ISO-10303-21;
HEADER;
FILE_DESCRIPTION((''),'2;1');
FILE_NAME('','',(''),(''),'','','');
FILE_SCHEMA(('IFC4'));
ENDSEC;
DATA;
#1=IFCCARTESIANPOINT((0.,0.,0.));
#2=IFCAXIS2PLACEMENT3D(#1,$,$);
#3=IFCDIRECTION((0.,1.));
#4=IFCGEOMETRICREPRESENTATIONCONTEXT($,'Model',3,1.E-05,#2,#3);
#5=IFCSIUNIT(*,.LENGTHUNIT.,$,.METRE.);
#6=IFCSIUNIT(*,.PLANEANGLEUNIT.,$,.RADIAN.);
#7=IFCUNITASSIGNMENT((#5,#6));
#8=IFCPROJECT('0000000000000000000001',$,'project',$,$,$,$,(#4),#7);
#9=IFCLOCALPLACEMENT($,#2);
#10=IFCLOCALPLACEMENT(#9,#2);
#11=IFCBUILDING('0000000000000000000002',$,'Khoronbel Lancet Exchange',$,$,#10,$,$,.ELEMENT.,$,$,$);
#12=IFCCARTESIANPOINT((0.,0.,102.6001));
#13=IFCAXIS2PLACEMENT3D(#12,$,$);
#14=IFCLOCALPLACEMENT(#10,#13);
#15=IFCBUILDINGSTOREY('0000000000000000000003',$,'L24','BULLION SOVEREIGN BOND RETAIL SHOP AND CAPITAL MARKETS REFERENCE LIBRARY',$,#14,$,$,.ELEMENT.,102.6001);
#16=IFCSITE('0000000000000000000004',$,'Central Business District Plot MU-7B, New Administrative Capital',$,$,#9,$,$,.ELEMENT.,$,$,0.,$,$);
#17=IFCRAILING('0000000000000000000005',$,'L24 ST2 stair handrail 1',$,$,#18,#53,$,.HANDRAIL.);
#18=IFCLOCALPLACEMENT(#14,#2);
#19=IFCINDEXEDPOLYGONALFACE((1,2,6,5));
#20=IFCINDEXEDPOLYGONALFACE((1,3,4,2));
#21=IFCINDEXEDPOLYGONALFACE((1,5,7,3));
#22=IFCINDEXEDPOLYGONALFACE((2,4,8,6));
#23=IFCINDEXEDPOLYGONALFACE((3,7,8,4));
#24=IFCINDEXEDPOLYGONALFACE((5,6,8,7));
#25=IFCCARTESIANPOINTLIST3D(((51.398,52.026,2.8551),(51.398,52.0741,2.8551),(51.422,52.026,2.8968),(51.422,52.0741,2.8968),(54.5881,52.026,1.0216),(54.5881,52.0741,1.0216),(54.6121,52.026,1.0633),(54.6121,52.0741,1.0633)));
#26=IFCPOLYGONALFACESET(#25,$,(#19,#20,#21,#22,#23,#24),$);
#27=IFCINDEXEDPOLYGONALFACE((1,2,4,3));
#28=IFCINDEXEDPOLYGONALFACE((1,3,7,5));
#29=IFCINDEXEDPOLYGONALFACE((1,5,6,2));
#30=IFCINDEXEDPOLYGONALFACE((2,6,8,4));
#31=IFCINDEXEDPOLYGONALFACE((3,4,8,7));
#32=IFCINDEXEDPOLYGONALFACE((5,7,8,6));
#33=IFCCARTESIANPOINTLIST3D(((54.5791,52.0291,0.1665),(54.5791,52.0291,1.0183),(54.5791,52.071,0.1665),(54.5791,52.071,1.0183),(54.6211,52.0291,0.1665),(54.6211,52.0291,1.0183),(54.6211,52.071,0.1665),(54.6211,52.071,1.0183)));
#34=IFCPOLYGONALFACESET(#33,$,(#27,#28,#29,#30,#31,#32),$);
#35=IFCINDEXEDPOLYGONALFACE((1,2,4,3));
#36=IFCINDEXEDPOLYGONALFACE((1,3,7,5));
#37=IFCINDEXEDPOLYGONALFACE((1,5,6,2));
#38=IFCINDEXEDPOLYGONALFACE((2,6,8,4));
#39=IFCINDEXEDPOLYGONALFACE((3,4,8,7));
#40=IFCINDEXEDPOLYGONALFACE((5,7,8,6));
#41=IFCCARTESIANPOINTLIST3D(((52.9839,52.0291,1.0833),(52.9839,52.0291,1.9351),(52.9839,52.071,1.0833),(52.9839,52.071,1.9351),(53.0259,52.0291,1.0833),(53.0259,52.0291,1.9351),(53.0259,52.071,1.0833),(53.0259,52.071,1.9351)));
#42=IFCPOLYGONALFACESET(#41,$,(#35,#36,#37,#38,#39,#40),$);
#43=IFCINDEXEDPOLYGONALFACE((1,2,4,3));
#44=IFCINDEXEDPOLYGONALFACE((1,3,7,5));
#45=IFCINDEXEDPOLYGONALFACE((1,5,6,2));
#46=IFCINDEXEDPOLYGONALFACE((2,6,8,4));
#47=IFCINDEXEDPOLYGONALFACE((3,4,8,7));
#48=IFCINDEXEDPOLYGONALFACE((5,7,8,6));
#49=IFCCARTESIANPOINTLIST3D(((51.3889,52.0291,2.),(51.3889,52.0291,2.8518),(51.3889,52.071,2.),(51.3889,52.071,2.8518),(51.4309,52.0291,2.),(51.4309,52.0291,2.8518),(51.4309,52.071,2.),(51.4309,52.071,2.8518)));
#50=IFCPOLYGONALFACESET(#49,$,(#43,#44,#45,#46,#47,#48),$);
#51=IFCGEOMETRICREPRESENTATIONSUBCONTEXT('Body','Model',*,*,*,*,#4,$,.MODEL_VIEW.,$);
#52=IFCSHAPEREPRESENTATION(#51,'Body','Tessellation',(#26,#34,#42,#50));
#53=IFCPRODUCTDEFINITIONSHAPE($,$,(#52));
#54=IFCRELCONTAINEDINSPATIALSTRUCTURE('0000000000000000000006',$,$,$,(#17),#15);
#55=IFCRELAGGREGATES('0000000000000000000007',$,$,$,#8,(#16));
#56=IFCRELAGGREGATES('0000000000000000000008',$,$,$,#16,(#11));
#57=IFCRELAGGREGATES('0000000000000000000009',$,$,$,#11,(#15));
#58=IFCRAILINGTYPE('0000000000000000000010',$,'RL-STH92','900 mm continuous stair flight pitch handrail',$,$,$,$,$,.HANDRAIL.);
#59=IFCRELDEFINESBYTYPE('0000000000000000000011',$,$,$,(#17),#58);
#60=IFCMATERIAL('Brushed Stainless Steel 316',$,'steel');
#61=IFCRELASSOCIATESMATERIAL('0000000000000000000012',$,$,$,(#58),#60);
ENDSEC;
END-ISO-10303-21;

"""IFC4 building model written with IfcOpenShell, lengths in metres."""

from ifc_helpers import new_model, si_unit, direction, frame, origin, origin_2d, place, context, subcontext, project, spatial, rectangle, extrude, material, type_object, element, save


model = new_model("IFC4")

# Units and contexts
model_context = context("Model", 3, precision=1e-05, world=origin(), true_north=direction((0.0, 1.0)))
body_context = subcontext(model_context, "Body", "Model", "MODEL_VIEW")
ifc_project = project(units=[si_unit("LENGTHUNIT", "METRE"), si_unit("PLANEANGLEUNIT", "RADIAN")], contexts=[model_context])

# Site, building, storey
site_placement = place(None, origin())
site = spatial("IfcSite", under=ifc_project, at=site_placement, Name="Central Business District Plot MU-7B, New Administrative Capital", CompositionType="ELEMENT", RefElevation=0.0)
building_placement = place(site_placement, origin())
building = spatial("IfcBuilding", under=site, at=building_placement, Name="Khoronbel Lancet Exchange", CompositionType="ELEMENT")
storey_placement = place(building_placement, frame((0.0, 0.0, 102.6001)))
storey = spatial("IfcBuildingStorey", under=building, at=storey_placement, Name="L24", Description="BULLION SOVEREIGN BOND RETAIL SHOP AND CAPITAL MARKETS REFERENCE LIBRARY", CompositionType="ELEMENT", Elevation=102.6001)

# Railing
ifc_material_1 = material(Name="Brushed Stainless Steel 316", Category="steel")
railing_type_1 = type_object("IfcRailingType", Name="RL-STH92", Description="900 mm continuous stair flight pitch handrail", PredefinedType="HANDRAIL", material=ifc_material_1)
railing_1_placement = place(storey_placement, frame((54.6001, 52.05, 0.1665)))
element("IfcRailing", 1, at=railing_1_placement, inside=storey, type_object=railing_type_1, Name="L24 ST2 stair handrail 1", PredefinedType="HANDRAIL", context=body_context, shape_type="SweptSolid", body=[
    extrude(rectangle(XDim=0.0481, YDim=0.0481, at=origin_2d()), frame((0.0, 0.0, 0.876), z_axis=(-0.867007, 0.0, 0.498295), x_axis=(0.0, -1.0, 0.0)), (0.0, 0.0, 1.0), 3.6794),
    extrude(rectangle(XDim=0.042, YDim=0.042, at=origin_2d()), origin(), (0.0, 0.0, 1.0), 0.8518),
    extrude(rectangle(XDim=0.042, YDim=0.042, at=origin_2d()), frame((-1.5952, 0.0, 0.9167)), (0.0, 0.0, 1.0), 0.8518),
    extrude(rectangle(XDim=0.042, YDim=0.042, at=origin_2d()), frame((-3.1902, 0.0, 1.8335)), (0.0, 0.0, 1.0), 0.8518),
])

save(model, "model.ifc")
